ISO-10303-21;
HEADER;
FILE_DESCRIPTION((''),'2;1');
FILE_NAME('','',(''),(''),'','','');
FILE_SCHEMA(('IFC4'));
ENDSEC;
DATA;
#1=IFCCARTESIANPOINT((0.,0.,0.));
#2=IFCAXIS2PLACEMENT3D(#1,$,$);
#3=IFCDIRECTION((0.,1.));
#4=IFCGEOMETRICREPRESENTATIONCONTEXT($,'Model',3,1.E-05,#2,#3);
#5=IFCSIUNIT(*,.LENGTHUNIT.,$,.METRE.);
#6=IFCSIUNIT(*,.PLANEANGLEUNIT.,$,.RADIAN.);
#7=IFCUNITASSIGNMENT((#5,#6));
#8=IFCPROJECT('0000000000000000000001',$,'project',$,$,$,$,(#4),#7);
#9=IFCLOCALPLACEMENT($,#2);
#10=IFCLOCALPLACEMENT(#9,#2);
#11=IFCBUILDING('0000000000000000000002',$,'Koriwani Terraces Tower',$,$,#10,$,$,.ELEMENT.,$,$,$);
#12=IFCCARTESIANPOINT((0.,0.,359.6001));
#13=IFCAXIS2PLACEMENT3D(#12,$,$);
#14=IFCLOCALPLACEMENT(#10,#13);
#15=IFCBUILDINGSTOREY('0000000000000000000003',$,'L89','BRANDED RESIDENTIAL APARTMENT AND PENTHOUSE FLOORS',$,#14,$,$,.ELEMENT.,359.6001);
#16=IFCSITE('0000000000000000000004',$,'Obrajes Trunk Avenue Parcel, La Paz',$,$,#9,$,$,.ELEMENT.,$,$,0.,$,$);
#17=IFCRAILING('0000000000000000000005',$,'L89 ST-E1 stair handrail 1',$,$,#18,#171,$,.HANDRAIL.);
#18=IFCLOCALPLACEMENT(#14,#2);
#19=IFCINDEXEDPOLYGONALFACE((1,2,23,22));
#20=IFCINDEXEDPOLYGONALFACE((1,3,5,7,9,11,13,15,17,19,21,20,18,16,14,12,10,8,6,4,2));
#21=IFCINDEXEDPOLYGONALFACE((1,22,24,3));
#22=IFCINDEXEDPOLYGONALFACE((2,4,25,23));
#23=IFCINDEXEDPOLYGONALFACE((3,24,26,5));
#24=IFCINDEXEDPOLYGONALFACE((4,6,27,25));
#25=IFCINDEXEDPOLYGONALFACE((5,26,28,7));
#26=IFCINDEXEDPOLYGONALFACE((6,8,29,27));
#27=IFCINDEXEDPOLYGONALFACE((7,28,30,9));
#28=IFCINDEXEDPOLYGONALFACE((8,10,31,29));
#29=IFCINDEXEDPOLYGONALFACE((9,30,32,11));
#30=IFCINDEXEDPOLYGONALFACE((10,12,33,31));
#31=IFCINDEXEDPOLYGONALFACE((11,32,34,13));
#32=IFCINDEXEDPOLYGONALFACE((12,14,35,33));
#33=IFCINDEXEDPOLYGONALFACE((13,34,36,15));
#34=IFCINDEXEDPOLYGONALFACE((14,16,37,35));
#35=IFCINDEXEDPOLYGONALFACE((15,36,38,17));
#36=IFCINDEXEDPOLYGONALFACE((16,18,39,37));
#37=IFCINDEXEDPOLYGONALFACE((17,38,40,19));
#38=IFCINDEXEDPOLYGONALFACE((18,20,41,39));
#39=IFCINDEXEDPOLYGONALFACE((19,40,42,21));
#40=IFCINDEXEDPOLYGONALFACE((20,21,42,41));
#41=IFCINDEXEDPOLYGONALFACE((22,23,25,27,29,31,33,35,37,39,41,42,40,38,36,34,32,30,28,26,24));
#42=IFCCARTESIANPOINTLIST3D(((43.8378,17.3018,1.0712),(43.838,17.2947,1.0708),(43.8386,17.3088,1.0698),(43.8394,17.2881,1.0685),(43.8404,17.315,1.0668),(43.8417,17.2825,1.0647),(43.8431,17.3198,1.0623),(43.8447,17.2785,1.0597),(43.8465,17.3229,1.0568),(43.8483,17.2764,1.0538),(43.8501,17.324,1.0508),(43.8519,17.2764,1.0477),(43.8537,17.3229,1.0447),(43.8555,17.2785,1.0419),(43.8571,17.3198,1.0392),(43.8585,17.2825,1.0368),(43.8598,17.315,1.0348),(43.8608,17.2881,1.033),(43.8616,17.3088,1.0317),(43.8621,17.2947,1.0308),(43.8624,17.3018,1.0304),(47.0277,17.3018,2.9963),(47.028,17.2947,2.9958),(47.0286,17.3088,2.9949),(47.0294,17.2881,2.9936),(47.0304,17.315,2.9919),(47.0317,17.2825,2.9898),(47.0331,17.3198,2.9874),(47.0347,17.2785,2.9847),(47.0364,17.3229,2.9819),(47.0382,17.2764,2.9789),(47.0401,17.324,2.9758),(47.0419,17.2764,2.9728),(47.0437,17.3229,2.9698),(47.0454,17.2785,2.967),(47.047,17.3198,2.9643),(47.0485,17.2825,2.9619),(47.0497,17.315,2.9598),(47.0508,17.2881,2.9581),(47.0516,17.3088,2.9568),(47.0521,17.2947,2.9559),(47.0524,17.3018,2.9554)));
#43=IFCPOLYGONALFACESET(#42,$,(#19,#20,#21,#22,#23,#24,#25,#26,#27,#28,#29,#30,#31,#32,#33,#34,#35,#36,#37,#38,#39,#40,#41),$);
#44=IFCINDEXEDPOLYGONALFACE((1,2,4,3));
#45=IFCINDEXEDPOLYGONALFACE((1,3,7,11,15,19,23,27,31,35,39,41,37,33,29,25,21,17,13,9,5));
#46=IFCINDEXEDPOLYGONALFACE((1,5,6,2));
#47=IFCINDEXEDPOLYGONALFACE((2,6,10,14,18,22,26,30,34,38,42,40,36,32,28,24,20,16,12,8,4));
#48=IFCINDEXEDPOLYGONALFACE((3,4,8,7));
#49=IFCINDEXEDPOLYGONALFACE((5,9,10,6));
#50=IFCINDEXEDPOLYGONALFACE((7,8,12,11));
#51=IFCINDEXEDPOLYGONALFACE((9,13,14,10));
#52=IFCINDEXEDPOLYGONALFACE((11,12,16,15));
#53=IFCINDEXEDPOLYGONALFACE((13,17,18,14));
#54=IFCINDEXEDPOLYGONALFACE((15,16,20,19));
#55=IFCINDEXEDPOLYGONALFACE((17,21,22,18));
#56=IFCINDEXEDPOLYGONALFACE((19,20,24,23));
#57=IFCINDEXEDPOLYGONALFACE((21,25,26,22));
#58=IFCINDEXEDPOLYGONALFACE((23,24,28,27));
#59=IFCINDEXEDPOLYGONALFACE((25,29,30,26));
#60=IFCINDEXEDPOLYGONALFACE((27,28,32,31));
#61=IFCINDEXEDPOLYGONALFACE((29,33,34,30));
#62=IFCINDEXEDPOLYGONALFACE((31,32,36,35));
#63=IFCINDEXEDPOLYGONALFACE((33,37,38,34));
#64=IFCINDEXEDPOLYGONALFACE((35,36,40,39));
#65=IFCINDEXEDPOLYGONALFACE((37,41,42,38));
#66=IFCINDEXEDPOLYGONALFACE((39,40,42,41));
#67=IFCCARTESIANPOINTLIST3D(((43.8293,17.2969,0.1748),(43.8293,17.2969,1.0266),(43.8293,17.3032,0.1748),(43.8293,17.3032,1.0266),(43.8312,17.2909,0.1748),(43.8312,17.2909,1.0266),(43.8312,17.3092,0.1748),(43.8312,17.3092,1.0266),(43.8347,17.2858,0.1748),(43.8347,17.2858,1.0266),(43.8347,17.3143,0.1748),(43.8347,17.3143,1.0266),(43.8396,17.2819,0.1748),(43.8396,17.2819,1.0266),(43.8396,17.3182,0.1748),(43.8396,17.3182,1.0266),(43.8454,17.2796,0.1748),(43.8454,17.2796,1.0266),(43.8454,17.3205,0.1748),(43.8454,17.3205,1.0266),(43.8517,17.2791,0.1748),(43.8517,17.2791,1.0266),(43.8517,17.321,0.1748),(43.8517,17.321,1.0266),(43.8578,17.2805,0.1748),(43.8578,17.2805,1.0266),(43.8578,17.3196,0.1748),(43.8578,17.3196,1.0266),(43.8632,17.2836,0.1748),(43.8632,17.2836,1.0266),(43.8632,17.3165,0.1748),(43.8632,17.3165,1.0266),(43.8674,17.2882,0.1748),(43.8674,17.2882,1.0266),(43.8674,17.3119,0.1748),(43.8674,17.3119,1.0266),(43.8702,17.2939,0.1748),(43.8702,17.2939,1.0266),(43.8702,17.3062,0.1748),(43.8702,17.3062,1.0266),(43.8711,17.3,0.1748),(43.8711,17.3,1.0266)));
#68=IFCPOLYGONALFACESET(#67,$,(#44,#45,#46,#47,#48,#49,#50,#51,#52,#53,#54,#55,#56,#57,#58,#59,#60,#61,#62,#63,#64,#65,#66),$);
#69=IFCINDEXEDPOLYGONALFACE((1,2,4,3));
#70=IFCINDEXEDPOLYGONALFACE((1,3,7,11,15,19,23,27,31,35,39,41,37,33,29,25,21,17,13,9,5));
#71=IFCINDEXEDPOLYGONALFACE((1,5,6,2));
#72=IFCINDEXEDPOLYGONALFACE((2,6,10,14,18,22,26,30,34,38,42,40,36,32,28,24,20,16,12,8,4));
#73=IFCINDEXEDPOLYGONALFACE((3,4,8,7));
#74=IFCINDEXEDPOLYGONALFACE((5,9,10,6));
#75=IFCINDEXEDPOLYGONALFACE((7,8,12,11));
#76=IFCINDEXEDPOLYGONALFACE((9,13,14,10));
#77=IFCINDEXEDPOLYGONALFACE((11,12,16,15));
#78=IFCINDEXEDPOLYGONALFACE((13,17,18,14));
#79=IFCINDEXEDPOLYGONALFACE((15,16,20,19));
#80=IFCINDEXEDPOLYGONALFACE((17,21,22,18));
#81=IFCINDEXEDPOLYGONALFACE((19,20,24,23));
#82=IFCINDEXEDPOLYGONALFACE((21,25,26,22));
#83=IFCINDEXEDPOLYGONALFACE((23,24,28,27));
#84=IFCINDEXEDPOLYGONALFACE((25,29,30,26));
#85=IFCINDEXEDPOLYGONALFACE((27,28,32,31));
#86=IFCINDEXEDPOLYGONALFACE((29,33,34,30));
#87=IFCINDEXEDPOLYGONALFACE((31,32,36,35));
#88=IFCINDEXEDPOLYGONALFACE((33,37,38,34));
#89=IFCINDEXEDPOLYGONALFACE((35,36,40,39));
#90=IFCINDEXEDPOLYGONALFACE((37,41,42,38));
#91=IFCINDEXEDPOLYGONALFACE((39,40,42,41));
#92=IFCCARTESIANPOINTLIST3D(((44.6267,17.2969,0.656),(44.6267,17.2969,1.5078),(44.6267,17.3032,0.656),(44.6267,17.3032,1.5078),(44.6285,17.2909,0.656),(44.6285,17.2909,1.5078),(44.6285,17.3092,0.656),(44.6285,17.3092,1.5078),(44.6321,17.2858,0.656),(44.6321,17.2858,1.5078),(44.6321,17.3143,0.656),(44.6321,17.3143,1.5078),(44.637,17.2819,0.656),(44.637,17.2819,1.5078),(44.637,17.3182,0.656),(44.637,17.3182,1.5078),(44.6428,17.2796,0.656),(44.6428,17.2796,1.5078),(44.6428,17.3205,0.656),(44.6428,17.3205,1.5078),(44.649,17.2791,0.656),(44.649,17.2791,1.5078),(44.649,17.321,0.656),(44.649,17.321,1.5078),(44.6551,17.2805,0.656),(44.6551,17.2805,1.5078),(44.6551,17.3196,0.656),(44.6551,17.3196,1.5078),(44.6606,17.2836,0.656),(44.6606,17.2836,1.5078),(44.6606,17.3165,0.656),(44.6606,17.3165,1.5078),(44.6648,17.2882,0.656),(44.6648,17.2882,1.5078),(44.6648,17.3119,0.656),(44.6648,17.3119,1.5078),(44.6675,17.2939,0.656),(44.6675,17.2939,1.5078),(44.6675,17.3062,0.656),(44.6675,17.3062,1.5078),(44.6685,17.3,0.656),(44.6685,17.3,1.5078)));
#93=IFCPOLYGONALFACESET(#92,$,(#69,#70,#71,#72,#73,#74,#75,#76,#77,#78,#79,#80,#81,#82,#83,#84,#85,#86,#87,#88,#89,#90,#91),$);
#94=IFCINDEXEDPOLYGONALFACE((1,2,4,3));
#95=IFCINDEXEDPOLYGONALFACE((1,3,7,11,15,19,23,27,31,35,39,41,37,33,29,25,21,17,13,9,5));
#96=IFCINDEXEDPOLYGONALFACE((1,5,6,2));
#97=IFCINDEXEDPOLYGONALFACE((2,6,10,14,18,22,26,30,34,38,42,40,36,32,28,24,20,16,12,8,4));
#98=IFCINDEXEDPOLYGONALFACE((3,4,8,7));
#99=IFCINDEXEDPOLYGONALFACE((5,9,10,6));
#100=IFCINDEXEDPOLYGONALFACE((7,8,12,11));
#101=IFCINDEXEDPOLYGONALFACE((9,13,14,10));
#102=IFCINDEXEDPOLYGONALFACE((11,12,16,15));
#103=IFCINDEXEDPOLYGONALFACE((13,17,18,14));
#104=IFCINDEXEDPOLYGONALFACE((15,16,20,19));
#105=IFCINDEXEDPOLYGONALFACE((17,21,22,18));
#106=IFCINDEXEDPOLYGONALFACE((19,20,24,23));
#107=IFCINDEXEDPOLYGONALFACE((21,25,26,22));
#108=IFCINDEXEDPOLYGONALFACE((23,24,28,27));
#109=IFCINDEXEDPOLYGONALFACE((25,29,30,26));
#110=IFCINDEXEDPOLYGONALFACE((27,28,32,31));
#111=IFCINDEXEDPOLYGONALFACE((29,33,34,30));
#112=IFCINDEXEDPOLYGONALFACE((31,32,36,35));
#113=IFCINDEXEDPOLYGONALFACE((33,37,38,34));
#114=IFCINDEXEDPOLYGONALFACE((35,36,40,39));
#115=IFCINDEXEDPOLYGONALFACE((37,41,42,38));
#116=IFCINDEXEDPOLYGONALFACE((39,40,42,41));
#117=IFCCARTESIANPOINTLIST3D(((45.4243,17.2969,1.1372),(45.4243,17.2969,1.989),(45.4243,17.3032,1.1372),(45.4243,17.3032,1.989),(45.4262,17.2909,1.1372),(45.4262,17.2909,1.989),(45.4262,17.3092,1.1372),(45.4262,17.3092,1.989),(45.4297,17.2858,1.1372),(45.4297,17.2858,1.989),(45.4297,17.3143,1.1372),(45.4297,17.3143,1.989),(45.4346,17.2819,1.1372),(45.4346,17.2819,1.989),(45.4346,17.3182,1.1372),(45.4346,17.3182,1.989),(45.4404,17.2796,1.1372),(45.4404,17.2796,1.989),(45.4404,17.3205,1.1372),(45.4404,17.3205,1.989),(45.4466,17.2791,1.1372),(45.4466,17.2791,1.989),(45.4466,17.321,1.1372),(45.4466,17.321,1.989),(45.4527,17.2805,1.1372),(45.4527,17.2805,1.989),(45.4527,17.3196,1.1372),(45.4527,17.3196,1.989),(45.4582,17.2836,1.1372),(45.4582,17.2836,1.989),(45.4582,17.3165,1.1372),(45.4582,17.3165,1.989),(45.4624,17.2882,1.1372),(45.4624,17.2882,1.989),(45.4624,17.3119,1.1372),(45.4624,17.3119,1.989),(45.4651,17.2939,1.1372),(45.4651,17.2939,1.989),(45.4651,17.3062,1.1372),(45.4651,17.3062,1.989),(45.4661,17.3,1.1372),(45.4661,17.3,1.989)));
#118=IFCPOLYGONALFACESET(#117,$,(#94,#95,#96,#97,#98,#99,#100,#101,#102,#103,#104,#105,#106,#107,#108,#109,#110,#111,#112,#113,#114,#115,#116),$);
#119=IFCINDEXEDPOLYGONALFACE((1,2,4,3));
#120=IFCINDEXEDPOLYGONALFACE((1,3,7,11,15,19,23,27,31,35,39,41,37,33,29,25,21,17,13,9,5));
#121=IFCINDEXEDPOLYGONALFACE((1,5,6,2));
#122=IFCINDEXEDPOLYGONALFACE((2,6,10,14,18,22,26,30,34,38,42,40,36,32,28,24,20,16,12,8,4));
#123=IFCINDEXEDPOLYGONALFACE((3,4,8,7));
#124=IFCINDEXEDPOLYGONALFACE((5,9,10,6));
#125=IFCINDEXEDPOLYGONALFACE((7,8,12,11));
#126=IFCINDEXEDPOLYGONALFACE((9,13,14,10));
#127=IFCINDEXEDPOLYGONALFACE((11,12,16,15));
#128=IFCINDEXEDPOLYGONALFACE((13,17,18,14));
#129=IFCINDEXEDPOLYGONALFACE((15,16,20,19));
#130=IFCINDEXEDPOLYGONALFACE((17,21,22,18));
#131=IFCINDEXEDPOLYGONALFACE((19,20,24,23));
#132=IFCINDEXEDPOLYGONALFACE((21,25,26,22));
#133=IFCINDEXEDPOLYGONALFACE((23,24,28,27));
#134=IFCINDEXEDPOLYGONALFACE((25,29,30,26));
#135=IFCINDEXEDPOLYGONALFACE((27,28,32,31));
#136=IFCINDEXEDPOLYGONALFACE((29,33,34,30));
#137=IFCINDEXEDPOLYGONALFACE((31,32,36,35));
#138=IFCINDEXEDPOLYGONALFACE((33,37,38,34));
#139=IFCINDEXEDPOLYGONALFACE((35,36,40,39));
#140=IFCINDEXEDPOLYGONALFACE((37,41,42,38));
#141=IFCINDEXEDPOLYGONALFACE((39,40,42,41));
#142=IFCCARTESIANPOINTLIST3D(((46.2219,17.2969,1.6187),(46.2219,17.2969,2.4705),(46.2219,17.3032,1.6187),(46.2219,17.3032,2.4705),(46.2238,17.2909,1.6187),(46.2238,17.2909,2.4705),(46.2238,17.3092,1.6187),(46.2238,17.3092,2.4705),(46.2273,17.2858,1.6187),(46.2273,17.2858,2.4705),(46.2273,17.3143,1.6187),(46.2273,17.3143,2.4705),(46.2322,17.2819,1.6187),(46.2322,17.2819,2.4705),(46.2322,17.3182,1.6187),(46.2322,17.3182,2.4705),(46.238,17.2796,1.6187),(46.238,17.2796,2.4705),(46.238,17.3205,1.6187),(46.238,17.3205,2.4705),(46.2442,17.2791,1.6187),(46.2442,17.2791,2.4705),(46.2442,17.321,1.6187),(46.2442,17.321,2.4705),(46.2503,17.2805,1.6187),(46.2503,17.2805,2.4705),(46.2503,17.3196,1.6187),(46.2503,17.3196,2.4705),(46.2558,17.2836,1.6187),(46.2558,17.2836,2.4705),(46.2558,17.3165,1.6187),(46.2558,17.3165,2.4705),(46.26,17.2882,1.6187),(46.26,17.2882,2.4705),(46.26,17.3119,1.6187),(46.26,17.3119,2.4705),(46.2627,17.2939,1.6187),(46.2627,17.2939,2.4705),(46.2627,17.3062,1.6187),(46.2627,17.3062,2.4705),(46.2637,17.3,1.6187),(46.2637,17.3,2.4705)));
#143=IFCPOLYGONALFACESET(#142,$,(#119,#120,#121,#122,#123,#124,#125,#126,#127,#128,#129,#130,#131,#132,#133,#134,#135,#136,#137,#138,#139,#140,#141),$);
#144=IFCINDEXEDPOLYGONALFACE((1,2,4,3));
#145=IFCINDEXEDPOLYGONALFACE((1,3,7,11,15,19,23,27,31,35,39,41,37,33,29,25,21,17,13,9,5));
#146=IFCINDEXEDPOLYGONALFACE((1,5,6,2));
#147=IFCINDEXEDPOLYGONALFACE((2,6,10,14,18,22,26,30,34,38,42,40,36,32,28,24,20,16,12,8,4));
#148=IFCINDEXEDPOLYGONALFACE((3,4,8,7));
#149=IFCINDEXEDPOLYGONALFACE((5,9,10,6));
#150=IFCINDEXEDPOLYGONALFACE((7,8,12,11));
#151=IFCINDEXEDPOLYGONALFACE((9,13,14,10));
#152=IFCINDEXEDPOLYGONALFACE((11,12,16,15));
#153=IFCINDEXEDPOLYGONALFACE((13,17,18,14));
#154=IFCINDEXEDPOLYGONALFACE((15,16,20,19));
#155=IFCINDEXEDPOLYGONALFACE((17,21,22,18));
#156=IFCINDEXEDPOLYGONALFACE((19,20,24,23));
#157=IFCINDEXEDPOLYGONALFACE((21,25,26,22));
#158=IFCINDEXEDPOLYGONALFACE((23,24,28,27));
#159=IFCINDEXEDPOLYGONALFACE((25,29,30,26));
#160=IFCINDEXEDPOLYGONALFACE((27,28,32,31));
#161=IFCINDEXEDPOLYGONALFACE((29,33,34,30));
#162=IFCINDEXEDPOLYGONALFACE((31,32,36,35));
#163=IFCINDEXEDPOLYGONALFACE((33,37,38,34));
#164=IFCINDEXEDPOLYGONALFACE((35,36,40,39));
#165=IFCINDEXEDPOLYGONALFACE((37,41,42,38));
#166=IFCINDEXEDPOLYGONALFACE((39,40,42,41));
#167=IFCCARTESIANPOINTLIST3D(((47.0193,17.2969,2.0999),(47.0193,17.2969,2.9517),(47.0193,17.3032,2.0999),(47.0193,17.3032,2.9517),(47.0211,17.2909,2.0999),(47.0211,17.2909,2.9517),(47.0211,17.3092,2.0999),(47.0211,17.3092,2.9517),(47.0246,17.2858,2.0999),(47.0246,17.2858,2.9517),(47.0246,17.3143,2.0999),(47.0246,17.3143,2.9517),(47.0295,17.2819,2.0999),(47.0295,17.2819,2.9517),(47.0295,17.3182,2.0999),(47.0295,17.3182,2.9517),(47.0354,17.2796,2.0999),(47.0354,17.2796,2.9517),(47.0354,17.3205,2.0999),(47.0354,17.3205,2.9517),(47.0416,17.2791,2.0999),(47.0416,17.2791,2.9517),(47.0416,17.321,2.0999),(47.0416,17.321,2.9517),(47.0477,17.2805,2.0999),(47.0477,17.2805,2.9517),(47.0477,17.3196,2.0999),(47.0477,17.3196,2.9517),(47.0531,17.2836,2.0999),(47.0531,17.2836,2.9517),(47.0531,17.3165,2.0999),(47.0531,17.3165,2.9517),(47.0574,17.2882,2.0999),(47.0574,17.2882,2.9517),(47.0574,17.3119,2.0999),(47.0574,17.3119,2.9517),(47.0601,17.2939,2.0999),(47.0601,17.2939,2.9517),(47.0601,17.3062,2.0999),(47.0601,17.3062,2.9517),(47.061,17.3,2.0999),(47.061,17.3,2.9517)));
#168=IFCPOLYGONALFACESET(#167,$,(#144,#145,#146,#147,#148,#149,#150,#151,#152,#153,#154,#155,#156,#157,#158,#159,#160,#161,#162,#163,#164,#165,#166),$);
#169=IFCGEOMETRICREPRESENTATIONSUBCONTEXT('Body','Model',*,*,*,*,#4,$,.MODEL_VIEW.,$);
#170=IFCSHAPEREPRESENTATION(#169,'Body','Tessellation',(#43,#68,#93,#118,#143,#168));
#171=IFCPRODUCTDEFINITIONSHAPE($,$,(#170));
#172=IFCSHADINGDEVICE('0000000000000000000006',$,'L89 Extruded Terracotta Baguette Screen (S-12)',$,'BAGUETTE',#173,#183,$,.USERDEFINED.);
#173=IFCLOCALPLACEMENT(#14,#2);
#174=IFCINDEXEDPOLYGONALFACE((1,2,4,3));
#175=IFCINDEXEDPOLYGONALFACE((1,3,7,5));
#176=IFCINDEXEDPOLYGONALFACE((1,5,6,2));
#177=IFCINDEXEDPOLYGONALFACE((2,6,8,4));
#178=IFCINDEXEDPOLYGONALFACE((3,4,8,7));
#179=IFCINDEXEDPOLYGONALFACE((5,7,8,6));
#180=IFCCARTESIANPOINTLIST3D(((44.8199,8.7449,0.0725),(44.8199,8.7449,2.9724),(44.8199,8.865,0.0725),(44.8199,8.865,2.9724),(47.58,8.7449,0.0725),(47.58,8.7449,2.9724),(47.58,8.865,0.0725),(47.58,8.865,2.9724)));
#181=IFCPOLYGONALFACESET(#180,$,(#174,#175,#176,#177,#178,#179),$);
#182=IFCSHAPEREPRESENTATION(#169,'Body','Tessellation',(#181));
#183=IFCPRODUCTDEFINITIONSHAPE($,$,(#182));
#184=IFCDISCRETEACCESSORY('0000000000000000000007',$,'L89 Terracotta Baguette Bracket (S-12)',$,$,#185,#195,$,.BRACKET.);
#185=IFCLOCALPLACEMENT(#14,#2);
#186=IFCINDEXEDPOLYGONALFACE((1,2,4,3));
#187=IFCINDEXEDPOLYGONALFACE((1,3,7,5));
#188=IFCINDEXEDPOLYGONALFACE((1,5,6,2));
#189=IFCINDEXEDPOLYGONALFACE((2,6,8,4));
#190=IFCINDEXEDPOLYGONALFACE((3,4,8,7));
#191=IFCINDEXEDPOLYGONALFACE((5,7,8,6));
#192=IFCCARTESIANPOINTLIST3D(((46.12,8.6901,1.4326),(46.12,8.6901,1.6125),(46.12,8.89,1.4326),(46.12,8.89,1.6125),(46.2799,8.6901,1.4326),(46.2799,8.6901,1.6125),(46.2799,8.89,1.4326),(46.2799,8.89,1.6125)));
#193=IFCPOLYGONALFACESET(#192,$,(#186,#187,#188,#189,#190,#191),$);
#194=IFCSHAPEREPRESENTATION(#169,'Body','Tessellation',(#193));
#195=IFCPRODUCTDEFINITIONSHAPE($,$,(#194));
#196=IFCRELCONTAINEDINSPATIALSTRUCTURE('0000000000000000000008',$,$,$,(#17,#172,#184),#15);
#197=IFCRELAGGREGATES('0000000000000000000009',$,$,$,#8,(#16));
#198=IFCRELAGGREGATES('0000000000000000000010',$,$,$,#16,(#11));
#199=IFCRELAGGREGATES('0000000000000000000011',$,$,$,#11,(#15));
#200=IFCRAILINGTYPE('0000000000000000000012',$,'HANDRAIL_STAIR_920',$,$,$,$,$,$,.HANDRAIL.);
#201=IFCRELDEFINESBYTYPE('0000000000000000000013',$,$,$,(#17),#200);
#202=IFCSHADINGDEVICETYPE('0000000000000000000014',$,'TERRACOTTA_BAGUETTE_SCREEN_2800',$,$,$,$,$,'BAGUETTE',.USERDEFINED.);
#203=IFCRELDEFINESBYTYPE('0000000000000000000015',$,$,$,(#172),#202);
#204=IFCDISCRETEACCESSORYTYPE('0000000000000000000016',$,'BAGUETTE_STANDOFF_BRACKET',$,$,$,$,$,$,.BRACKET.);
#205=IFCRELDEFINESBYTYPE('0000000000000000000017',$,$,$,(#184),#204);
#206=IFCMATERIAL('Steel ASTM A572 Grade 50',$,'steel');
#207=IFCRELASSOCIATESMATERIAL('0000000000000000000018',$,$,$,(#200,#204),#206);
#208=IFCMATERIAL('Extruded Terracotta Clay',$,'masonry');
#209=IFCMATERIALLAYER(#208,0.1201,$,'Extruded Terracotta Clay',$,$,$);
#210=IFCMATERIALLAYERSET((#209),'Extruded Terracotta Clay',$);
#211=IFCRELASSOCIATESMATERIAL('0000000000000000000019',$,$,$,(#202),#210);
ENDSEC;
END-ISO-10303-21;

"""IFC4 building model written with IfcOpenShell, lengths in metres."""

from ifc_helpers import new_model, si_unit, direction, frame, origin, origin_2d, place, context, subcontext, project, spatial, rectangle, circle, extrude, material, layer, layer_set, type_object, element, save


model = new_model("IFC4")

# Units and contexts
model_context = context("Model", 3, precision=1e-05, world=origin(), true_north=direction((0.0, 1.0)))
body_context = subcontext(model_context, "Body", "Model", "MODEL_VIEW")
ifc_project = project(units=[si_unit("LENGTHUNIT", "METRE"), si_unit("PLANEANGLEUNIT", "RADIAN")], contexts=[model_context])

# Site, building, storey
site_placement = place(None, origin())
site = spatial("IfcSite", under=ifc_project, at=site_placement, Name="Obrajes Trunk Avenue Parcel, La Paz", CompositionType="ELEMENT", RefElevation=0.0)
building_placement = place(site_placement, origin())
building = spatial("IfcBuilding", under=site, at=building_placement, Name="Koriwani Terraces Tower", CompositionType="ELEMENT")
storey_placement = place(building_placement, frame((0.0, 0.0, 359.6001)))
storey = spatial("IfcBuildingStorey", under=building, at=storey_placement, Name="L89", Description="BRANDED RESIDENTIAL APARTMENT AND PENTHOUSE FLOORS", CompositionType="ELEMENT", Elevation=359.6001)

# Shared definitions
ifc_material_1 = material(Name="Steel ASTM A572 Grade 50", Category="steel")

# Railing
railing_type_1 = type_object("IfcRailingType", Name="HANDRAIL_STAIR_920", PredefinedType="HANDRAIL", material=ifc_material_1)
railing_1_placement = place(storey_placement, frame((43.8501, 17.3, 0.1748)))
element("IfcRailing", 1, at=railing_1_placement, inside=storey, type_object=railing_type_1, Name="L89 ST-E1 stair handrail 1", PredefinedType="HANDRAIL", context=body_context, shape_type="SweptSolid", body=[
    extrude(circle(Radius=0.0239, at=origin_2d()), frame((0.0, 0.0, 0.876), z_axis=(0.856178, 0.0, 0.516682), x_axis=(0.0, 1.0, 0.0)), (0.0, 0.0, 1.0), 3.7258),
    extrude(circle(Radius=0.021, at=origin_2d()), origin(), (0.0, 0.0, 1.0), 0.8518),
    extrude(circle(Radius=0.021, at=origin_2d()), frame((0.7974, 0.0, 0.4812)), (0.0, 0.0, 1.0), 0.8518),
    extrude(circle(Radius=0.021, at=origin_2d()), frame((1.595, 0.0, 0.9624)), (0.0, 0.0, 1.0), 0.8518),
    extrude(circle(Radius=0.021, at=origin_2d()), frame((2.3926, 0.0, 1.4438)), (0.0, 0.0, 1.0), 0.8518),
    extrude(circle(Radius=0.021, at=origin_2d()), frame((3.1899, 0.0, 1.925)), (0.0, 0.0, 1.0), 0.8518),
])

# Shading device
ifc_material_2 = material(Name="Extruded Terracotta Clay", Category="masonry")
ifc_layer_1 = layer(ifc_material_2, 0.1201, Name="Extruded Terracotta Clay")
ifc_layer_set_1 = layer_set([ifc_layer_1], Name="Extruded Terracotta Clay")
shading_device_type = type_object("IfcShadingDeviceType", Name="TERRACOTTA_BAGUETTE_SCREEN_2800", ElementType="BAGUETTE", PredefinedType="USERDEFINED", material=ifc_layer_set_1)
shading_device_placement = place(storey_placement, frame((46.2, 8.8049, 0.0725), z_axis=(0.0, 0.0, 1.0), x_axis=(-1.0, 0.0, 0.0)))
element("IfcShadingDevice", 2, at=shading_device_placement, inside=storey, type_object=shading_device_type, Name="L89 Extruded Terracotta Baguette Screen (S-12)", ObjectType="BAGUETTE", PredefinedType="USERDEFINED", context=body_context, shape_type="SweptSolid", body=[
    extrude(rectangle(XDim=2.76, YDim=0.1201, at=origin_2d()), origin(), (0.0, 0.0, 1.0), 2.8999),
])

# Discrete accessory
discrete_accessory_type = type_object("IfcDiscreteAccessoryType", Name="BAGUETTE_STANDOFF_BRACKET", PredefinedType="BRACKET", material=ifc_material_1)
discrete_accessory_placement = place(storey_placement, frame((46.2, 8.79, 1.4326), z_axis=(0.0, 0.0, 1.0), x_axis=(-1.0, 0.0, 0.0)))
element("IfcDiscreteAccessory", 3, at=discrete_accessory_placement, inside=storey, type_object=discrete_accessory_type, Name="L89 Terracotta Baguette Bracket (S-12)", PredefinedType="BRACKET", context=body_context, shape_type="SweptSolid", body=[
    extrude(rectangle(XDim=0.1599, YDim=0.2, at=origin_2d()), origin(), (0.0, 0.0, 1.0), 0.1799),
])

save(model, "model.ifc")
